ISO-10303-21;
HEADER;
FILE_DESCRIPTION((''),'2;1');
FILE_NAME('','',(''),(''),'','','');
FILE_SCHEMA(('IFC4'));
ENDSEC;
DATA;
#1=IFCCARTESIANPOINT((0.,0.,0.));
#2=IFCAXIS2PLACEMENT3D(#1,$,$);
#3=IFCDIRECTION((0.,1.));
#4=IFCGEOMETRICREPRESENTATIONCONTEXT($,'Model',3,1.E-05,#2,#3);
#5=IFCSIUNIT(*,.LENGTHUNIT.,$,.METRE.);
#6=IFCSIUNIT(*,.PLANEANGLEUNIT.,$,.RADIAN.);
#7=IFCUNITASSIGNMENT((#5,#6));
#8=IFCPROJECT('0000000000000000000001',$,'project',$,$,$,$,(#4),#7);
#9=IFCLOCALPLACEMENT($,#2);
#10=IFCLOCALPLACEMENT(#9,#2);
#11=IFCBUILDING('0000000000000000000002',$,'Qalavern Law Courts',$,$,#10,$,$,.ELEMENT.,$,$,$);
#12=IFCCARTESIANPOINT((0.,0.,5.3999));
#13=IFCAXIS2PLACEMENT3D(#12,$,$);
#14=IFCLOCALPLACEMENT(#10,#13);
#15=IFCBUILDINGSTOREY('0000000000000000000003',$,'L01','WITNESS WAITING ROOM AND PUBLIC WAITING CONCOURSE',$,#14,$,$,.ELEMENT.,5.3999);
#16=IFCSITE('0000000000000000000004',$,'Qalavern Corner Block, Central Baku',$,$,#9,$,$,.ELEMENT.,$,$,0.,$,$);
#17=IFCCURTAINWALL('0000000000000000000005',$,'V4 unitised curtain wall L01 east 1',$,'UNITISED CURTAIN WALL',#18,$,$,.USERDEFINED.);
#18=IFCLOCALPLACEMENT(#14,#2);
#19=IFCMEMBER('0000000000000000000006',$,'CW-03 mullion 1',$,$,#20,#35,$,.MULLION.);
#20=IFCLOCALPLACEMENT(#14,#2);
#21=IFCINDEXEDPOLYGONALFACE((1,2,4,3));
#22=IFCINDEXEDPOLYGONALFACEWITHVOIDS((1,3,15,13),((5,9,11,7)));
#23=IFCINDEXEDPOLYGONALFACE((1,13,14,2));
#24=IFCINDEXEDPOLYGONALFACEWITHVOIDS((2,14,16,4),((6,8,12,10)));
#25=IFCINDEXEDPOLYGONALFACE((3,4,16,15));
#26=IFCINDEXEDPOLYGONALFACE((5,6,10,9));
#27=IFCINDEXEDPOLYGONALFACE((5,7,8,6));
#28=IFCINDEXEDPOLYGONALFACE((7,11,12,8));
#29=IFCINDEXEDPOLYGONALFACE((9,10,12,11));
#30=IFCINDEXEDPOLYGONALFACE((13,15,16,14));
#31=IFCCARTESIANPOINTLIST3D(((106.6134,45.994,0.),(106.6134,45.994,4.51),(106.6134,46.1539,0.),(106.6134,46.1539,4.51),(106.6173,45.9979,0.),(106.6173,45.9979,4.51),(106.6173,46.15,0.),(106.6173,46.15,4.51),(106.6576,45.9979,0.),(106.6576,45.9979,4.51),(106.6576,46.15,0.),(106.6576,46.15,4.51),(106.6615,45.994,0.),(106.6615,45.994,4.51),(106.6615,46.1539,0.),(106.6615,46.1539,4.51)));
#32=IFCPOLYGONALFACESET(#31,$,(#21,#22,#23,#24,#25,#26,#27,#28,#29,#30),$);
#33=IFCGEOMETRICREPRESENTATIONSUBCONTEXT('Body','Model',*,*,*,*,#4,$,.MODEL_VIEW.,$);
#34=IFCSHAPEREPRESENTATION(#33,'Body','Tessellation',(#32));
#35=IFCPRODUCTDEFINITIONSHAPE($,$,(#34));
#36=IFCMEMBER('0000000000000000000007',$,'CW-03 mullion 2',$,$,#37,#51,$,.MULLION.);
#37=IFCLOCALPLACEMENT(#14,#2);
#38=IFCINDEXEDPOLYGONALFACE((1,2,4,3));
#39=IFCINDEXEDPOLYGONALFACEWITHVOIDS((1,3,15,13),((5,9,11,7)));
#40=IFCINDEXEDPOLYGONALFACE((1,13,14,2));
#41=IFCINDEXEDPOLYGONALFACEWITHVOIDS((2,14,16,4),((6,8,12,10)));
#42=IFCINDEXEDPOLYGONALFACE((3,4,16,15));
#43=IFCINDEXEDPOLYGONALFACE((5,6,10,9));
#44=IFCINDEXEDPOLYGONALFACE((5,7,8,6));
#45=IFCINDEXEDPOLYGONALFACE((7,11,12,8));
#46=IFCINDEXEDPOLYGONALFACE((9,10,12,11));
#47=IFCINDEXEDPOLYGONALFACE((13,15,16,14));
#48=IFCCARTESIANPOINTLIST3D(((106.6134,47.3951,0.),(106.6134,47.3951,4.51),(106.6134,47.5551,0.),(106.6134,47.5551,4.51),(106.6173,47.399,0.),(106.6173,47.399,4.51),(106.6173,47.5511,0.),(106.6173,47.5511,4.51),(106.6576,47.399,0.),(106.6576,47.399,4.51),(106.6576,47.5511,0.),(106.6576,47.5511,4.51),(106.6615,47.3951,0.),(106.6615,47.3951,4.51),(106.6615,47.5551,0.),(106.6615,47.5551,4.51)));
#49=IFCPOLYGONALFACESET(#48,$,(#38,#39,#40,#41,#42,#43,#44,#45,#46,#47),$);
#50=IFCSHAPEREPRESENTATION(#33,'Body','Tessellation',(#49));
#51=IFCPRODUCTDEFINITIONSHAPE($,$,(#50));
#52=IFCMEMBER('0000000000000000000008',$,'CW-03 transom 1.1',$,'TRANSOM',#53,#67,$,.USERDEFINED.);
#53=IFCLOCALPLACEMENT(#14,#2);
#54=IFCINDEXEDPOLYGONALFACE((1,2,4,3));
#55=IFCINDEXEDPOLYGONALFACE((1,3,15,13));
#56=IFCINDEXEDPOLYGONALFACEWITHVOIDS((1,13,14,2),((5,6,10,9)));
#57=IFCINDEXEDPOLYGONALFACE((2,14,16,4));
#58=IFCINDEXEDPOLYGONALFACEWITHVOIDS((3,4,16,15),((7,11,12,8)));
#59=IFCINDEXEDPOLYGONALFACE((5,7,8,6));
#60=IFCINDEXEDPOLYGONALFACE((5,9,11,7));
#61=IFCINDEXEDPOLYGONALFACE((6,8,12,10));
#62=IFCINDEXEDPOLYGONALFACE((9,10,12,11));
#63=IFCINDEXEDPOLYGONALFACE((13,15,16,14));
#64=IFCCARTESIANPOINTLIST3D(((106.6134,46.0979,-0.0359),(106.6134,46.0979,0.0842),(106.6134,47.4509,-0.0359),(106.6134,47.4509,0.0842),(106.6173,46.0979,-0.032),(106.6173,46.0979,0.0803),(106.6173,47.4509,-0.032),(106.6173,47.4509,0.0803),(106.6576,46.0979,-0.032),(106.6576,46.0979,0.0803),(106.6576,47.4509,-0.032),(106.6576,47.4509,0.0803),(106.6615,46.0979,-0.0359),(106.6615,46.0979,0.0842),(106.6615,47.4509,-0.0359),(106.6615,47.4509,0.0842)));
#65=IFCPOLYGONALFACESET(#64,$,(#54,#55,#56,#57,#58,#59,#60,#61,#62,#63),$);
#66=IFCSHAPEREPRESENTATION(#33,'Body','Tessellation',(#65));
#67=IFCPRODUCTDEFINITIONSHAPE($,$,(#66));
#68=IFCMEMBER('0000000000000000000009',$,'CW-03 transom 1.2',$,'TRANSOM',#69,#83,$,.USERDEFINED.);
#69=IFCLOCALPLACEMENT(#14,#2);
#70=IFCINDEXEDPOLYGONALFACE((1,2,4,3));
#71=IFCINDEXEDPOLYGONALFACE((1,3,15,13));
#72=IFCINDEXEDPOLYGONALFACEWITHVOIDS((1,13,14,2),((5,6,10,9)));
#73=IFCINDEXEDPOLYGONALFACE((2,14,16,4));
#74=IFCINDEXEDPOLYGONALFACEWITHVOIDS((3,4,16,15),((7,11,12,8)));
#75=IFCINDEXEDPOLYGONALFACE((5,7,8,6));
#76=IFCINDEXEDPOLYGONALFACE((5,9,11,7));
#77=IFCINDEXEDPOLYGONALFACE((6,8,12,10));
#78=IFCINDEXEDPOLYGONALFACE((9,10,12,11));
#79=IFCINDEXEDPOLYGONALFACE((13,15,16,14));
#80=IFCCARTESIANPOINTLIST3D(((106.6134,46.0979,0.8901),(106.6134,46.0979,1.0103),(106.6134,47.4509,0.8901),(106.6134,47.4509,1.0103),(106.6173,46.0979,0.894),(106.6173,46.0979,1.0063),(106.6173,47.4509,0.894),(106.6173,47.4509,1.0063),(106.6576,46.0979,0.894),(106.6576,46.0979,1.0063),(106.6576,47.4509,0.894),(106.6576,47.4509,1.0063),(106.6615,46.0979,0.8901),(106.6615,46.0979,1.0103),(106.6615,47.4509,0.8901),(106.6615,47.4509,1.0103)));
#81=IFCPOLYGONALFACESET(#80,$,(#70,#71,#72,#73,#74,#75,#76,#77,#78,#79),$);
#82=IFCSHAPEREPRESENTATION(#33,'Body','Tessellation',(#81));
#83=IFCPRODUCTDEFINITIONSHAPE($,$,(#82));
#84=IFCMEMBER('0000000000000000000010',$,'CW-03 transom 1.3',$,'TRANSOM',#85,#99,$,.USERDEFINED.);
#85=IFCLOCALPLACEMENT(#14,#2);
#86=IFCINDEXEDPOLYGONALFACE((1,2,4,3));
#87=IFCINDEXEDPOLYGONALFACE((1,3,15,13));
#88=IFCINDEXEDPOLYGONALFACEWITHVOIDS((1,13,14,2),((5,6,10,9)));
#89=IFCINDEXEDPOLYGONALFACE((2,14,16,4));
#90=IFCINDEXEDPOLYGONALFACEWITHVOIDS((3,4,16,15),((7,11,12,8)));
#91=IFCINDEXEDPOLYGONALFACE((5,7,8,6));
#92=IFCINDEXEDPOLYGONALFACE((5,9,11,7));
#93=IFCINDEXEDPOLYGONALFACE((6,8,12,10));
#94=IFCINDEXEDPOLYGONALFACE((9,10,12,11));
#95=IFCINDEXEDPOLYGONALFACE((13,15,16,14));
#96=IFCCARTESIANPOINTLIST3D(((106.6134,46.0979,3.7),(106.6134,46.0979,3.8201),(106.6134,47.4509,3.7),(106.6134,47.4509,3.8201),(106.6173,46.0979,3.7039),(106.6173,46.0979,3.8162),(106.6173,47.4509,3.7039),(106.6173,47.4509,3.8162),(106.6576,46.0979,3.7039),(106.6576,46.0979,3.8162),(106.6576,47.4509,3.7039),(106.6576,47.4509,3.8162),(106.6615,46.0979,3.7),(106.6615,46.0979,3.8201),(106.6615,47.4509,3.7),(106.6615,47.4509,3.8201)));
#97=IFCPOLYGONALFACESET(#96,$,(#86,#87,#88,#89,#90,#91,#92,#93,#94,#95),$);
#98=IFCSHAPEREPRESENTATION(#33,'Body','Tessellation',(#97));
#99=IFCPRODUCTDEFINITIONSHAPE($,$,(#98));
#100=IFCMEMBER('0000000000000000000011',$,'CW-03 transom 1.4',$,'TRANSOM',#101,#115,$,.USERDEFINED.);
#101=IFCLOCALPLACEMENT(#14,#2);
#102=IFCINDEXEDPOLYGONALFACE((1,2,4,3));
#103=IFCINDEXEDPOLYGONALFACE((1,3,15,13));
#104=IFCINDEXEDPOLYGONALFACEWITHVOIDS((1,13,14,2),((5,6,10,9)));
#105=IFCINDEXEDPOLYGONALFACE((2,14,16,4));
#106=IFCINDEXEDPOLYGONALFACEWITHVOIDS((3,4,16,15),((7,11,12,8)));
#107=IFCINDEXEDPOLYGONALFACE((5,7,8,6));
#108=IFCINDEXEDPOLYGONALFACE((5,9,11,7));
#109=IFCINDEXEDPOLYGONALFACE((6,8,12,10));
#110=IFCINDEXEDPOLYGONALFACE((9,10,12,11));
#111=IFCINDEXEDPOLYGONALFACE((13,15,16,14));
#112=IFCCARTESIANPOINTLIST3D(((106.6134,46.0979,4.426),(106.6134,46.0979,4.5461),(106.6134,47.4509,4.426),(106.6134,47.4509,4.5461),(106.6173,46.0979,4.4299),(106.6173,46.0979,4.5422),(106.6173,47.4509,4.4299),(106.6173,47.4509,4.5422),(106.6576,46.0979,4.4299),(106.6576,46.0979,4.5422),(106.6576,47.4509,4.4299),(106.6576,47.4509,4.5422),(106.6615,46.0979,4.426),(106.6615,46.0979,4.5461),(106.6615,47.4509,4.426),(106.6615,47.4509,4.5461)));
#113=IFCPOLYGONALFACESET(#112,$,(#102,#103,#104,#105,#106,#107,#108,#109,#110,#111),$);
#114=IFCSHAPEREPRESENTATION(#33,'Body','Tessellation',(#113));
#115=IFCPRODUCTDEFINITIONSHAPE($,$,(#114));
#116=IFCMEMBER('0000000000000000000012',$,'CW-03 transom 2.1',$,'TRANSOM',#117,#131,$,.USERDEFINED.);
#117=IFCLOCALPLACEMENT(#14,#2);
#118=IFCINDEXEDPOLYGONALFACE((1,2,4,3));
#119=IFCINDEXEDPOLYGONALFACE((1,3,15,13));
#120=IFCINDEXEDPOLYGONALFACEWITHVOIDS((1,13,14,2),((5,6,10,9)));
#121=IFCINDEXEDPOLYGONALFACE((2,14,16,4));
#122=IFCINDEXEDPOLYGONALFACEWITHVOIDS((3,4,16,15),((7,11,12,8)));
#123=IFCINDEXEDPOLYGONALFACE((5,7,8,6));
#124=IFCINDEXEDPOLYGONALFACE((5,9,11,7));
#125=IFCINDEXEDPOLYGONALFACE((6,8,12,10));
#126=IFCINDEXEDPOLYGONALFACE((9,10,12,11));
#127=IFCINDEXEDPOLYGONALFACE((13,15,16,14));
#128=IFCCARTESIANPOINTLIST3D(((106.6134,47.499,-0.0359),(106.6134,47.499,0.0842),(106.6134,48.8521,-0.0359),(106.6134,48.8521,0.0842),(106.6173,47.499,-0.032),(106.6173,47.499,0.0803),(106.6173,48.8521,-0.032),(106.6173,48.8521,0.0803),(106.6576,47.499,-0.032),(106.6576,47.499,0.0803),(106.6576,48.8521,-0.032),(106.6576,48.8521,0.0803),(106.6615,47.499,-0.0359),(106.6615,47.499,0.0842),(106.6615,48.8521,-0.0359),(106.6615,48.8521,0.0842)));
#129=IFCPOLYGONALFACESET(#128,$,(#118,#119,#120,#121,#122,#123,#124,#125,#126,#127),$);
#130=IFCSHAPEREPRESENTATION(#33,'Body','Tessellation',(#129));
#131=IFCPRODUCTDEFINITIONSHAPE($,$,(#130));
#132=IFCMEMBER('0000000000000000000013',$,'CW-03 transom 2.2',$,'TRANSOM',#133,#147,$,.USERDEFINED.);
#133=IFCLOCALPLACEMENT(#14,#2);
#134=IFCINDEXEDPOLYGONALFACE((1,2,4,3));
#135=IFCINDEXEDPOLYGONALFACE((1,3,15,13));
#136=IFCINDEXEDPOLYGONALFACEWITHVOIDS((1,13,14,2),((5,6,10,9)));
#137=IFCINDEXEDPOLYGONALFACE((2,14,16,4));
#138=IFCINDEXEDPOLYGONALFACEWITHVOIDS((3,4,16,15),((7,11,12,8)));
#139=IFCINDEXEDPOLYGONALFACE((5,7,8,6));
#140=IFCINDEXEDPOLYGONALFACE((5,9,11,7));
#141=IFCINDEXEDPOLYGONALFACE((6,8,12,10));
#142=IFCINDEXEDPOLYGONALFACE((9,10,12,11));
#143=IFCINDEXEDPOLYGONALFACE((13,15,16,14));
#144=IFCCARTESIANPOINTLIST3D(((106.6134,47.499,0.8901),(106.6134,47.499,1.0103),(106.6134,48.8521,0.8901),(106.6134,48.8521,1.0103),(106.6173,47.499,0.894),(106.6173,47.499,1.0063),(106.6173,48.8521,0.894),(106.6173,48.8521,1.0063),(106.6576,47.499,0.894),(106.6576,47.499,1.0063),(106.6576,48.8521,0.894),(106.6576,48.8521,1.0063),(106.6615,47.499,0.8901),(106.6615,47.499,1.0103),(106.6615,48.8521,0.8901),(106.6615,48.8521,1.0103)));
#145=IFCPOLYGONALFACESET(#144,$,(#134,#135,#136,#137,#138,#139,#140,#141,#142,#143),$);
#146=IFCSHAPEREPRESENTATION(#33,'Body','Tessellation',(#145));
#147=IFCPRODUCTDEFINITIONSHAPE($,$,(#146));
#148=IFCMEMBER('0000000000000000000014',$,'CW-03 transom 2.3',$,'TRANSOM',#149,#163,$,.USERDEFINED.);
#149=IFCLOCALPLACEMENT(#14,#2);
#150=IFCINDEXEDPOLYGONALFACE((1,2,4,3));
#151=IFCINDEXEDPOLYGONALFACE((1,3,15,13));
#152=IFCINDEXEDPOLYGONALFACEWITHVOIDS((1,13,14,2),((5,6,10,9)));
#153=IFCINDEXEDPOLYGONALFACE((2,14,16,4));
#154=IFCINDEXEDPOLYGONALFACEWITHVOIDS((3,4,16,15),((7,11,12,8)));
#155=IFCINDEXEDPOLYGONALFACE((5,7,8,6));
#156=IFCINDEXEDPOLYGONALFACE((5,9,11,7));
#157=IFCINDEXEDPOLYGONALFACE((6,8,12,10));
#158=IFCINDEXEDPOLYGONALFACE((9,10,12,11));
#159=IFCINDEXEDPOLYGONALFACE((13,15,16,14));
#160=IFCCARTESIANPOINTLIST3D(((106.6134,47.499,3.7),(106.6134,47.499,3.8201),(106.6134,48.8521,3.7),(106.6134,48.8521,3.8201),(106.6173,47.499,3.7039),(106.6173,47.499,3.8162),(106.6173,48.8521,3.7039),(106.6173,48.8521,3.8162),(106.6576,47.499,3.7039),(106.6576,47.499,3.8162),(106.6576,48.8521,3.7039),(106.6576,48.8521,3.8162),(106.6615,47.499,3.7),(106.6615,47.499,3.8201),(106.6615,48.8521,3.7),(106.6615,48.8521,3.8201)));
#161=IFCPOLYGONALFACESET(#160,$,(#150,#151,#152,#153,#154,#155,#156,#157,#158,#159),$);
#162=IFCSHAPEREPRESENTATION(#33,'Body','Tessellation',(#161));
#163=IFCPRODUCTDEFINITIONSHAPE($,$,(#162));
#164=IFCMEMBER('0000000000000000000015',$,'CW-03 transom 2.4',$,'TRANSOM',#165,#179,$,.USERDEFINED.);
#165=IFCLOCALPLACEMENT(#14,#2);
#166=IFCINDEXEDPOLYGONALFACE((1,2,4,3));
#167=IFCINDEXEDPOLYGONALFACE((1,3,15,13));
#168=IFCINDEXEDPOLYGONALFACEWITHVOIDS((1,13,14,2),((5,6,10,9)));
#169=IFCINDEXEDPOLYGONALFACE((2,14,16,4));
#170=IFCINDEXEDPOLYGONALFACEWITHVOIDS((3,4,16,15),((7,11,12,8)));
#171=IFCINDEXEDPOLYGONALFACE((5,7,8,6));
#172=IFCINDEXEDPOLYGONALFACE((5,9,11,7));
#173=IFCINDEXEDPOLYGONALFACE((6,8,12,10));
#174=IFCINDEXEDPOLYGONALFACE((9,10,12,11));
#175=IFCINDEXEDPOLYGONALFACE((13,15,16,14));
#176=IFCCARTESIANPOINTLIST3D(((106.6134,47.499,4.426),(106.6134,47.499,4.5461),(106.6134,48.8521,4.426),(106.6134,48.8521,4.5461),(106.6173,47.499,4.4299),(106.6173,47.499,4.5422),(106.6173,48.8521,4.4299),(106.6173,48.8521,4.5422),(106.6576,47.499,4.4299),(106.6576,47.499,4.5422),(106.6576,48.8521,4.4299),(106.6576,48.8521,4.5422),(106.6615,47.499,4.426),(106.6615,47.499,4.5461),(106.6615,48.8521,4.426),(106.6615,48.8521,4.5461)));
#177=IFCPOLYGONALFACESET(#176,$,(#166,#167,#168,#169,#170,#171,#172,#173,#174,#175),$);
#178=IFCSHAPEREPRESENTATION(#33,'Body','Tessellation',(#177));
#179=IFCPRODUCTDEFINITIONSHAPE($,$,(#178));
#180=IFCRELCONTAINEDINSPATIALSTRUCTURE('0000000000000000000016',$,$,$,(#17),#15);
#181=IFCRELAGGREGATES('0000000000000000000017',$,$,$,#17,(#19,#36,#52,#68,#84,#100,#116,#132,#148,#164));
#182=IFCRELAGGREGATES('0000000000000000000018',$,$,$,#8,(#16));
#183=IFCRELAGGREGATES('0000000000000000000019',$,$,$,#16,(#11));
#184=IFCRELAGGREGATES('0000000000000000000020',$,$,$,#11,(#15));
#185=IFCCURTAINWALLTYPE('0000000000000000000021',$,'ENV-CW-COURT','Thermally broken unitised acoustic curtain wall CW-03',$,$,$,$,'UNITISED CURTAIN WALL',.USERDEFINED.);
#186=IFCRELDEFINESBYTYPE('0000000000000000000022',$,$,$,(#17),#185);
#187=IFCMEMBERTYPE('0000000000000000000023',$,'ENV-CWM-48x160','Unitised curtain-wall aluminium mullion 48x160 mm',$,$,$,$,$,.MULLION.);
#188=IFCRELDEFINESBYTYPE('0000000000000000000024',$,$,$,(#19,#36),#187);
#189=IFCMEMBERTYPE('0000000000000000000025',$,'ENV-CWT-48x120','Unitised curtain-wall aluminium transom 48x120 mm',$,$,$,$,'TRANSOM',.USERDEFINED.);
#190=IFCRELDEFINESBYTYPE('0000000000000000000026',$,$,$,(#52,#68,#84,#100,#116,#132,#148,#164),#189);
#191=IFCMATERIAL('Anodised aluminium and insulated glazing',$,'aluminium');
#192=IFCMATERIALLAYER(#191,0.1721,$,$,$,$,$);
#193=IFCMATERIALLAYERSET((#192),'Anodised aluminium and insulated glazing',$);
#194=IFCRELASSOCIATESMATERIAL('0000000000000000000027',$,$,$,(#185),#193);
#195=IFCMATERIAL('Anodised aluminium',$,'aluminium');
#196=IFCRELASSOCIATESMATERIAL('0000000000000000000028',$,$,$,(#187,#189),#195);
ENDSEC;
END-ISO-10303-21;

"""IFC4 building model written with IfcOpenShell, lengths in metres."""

from ifc_helpers import new_model, si_unit, direction, frame, origin, origin_2d, place, context, subcontext, project, spatial, hollow_rectangle, extrude, material, layer, layer_set, material_profile, profile_set, type_object, element, aggregate, save


model = new_model("IFC4")

# Units and contexts
model_context = context("Model", 3, precision=1e-05, world=origin(), true_north=direction((0.0, 1.0)))
body_context = subcontext(model_context, "Body", "Model", "MODEL_VIEW")
ifc_project = project(units=[si_unit("LENGTHUNIT", "METRE"), si_unit("PLANEANGLEUNIT", "RADIAN")], contexts=[model_context])

# Site, building, storey
site_placement = place(None, origin())
site = spatial("IfcSite", under=ifc_project, at=site_placement, Name="Qalavern Corner Block, Central Baku", CompositionType="ELEMENT", RefElevation=0.0)
building_placement = place(site_placement, origin())
building = spatial("IfcBuilding", under=site, at=building_placement, Name="Qalavern Law Courts", CompositionType="ELEMENT")
storey_placement = place(building_placement, frame((0.0, 0.0, 5.3999)))
storey = spatial("IfcBuildingStorey", under=building, at=storey_placement, Name="L01", Description="WITNESS WAITING ROOM AND PUBLIC WAITING CONCOURSE", CompositionType="ELEMENT", Elevation=5.3999)

# Curtain wall, members
ifc_material_1 = material(Name="Anodised aluminium and insulated glazing", Category="aluminium")
ifc_layer_1 = layer(ifc_material_1, 0.1721)
ifc_layer_set_1 = layer_set([ifc_layer_1], Name="Anodised aluminium and insulated glazing")
curtain_wall_type = type_object("IfcCurtainWallType", Name="ENV-CW-COURT", Description="Thermally broken unitised acoustic curtain wall CW-03", ElementType="UNITISED CURTAIN WALL", PredefinedType="USERDEFINED", material=ifc_layer_set_1)
curtain_wall_placement = place(storey_placement, origin())
curtain_wall = element("IfcCurtainWall", 1, at=curtain_wall_placement, inside=storey, type_object=curtain_wall_type, Name="V4 unitised curtain wall L01 east 1", ObjectType="UNITISED CURTAIN WALL", PredefinedType="USERDEFINED")
ifc_material_2 = material(Name="Anodised aluminium", Category="aluminium")
ifc_material_profile_1 = material_profile(ifc_material_2, hollow_rectangle(XDim=0.0481, YDim=0.1599, WallThickness=0.0039, at=origin_2d()), Name="ALU MULLION 48x160")
ifc_profile_set_1 = profile_set([ifc_material_profile_1], Name="Anodised aluminium")
member_type_1 = type_object("IfcMemberType", Name="ENV-CWM-48x160", Description="Unitised curtain-wall aluminium mullion 48x160 mm", PredefinedType="MULLION", material=ifc_profile_set_1)
member_1_placement = place(storey_placement, frame((106.6375, 46.074, 0.0), z_axis=(0.0, 0.0, 1.0), x_axis=(-1.0, 0.0, 0.0)))
member_1 = element("IfcMember", 2, at=member_1_placement, type_object=member_type_1, Name="CW-03 mullion 1", PredefinedType="MULLION", context=body_context, shape_type="SweptSolid", body=[
    extrude(hollow_rectangle(XDim=0.0481, YDim=0.1599, WallThickness=0.0039, at=origin_2d()), origin(), (0.0, 0.0, 1.0), 4.51),
])
member_2_placement = place(storey_placement, frame((106.6375, 47.4751, 0.0), z_axis=(0.0, 0.0, 1.0), x_axis=(-1.0, 0.0, 0.0)))
member_2 = element("IfcMember", 3, at=member_2_placement, type_object=member_type_1, Name="CW-03 mullion 2", PredefinedType="MULLION", context=body_context, shape_type="SweptSolid", body=[
    extrude(hollow_rectangle(XDim=0.0481, YDim=0.1599, WallThickness=0.0039, at=origin_2d()), origin(), (0.0, 0.0, 1.0), 4.51),
])
ifc_material_profile_2 = material_profile(ifc_material_2, hollow_rectangle(XDim=0.0481, YDim=0.1201, WallThickness=0.0039, at=origin_2d()), Name="ALU TRANSOM 48x120")
ifc_profile_set_2 = profile_set([ifc_material_profile_2], Name="Anodised aluminium")
member_type_2 = type_object("IfcMemberType", Name="ENV-CWT-48x120", Description="Unitised curtain-wall aluminium transom 48x120 mm", ElementType="TRANSOM", PredefinedType="USERDEFINED", material=ifc_profile_set_2)
member_3_placement = place(storey_placement, frame((106.6375, 46.0979, 0.0242), z_axis=(0.0, 1.0, 0.0), x_axis=(-1.0, 0.0, 0.0)))
member_3 = element("IfcMember", 4, at=member_3_placement, type_object=member_type_2, Name="CW-03 transom 1.1", ObjectType="TRANSOM", PredefinedType="USERDEFINED", context=body_context, shape_type="SweptSolid", body=[
    extrude(hollow_rectangle(XDim=0.0481, YDim=0.1201, WallThickness=0.0039, at=origin_2d()), origin(), (0.0, 0.0, 1.0), 1.353),
])
member_4_placement = place(storey_placement, frame((106.6375, 46.0979, 0.9502), z_axis=(0.0, 1.0, 0.0), x_axis=(-1.0, 0.0, 0.0)))
member_4 = element("IfcMember", 5, at=member_4_placement, type_object=member_type_2, Name="CW-03 transom 1.2", ObjectType="TRANSOM", PredefinedType="USERDEFINED", context=body_context, shape_type="SweptSolid", body=[
    extrude(hollow_rectangle(XDim=0.0481, YDim=0.1201, WallThickness=0.0039, at=origin_2d()), origin(), (0.0, 0.0, 1.0), 1.353),
])
member_5_placement = place(storey_placement, frame((106.6375, 46.0979, 3.76), z_axis=(0.0, 1.0, 0.0), x_axis=(-1.0, 0.0, 0.0)))
member_5 = element("IfcMember", 6, at=member_5_placement, type_object=member_type_2, Name="CW-03 transom 1.3", ObjectType="TRANSOM", PredefinedType="USERDEFINED", context=body_context, shape_type="SweptSolid", body=[
    extrude(hollow_rectangle(XDim=0.0481, YDim=0.1201, WallThickness=0.0039, at=origin_2d()), origin(), (0.0, 0.0, 1.0), 1.353),
])
member_6_placement = place(storey_placement, frame((106.6375, 46.0979, 4.4861), z_axis=(0.0, 1.0, 0.0), x_axis=(-1.0, 0.0, 0.0)))
member_6 = element("IfcMember", 7, at=member_6_placement, type_object=member_type_2, Name="CW-03 transom 1.4", ObjectType="TRANSOM", PredefinedType="USERDEFINED", context=body_context, shape_type="SweptSolid", body=[
    extrude(hollow_rectangle(XDim=0.0481, YDim=0.1201, WallThickness=0.0039, at=origin_2d()), origin(), (0.0, 0.0, 1.0), 1.353),
])
member_7_placement = place(storey_placement, frame((106.6375, 47.499, 0.0242), z_axis=(0.0, 1.0, 0.0), x_axis=(-1.0, 0.0, 0.0)))
member_7 = element("IfcMember", 8, at=member_7_placement, type_object=member_type_2, Name="CW-03 transom 2.1", ObjectType="TRANSOM", PredefinedType="USERDEFINED", context=body_context, shape_type="SweptSolid", body=[
    extrude(hollow_rectangle(XDim=0.0481, YDim=0.1201, WallThickness=0.0039, at=origin_2d()), origin(), (0.0, 0.0, 1.0), 1.353),
])
member_8_placement = place(storey_placement, frame((106.6375, 47.499, 0.9502), z_axis=(0.0, 1.0, 0.0), x_axis=(-1.0, 0.0, 0.0)))
member_8 = element("IfcMember", 9, at=member_8_placement, type_object=member_type_2, Name="CW-03 transom 2.2", ObjectType="TRANSOM", PredefinedType="USERDEFINED", context=body_context, shape_type="SweptSolid", body=[
    extrude(hollow_rectangle(XDim=0.0481, YDim=0.1201, WallThickness=0.0039, at=origin_2d()), origin(), (0.0, 0.0, 1.0), 1.353),
])
member_9_placement = place(storey_placement, frame((106.6375, 47.499, 3.76), z_axis=(0.0, 1.0, 0.0), x_axis=(-1.0, 0.0, 0.0)))
member_9 = element("IfcMember", 10, at=member_9_placement, type_object=member_type_2, Name="CW-03 transom 2.3", ObjectType="TRANSOM", PredefinedType="USERDEFINED", context=body_context, shape_type="SweptSolid", body=[
    extrude(hollow_rectangle(XDim=0.0481, YDim=0.1201, WallThickness=0.0039, at=origin_2d()), origin(), (0.0, 0.0, 1.0), 1.353),
])
member_10_placement = place(storey_placement, frame((106.6375, 47.499, 4.4861), z_axis=(0.0, 1.0, 0.0), x_axis=(-1.0, 0.0, 0.0)))
member_10 = element("IfcMember", 11, at=member_10_placement, type_object=member_type_2, Name="CW-03 transom 2.4", ObjectType="TRANSOM", PredefinedType="USERDEFINED", context=body_context, shape_type="SweptSolid", body=[
    extrude(hollow_rectangle(XDim=0.0481, YDim=0.1201, WallThickness=0.0039, at=origin_2d()), origin(), (0.0, 0.0, 1.0), 1.353),
])

aggregate(curtain_wall, [member_1, member_2, member_3, member_4, member_5, member_6, member_7, member_8, member_9, member_10])

save(model, "model.ifc")
